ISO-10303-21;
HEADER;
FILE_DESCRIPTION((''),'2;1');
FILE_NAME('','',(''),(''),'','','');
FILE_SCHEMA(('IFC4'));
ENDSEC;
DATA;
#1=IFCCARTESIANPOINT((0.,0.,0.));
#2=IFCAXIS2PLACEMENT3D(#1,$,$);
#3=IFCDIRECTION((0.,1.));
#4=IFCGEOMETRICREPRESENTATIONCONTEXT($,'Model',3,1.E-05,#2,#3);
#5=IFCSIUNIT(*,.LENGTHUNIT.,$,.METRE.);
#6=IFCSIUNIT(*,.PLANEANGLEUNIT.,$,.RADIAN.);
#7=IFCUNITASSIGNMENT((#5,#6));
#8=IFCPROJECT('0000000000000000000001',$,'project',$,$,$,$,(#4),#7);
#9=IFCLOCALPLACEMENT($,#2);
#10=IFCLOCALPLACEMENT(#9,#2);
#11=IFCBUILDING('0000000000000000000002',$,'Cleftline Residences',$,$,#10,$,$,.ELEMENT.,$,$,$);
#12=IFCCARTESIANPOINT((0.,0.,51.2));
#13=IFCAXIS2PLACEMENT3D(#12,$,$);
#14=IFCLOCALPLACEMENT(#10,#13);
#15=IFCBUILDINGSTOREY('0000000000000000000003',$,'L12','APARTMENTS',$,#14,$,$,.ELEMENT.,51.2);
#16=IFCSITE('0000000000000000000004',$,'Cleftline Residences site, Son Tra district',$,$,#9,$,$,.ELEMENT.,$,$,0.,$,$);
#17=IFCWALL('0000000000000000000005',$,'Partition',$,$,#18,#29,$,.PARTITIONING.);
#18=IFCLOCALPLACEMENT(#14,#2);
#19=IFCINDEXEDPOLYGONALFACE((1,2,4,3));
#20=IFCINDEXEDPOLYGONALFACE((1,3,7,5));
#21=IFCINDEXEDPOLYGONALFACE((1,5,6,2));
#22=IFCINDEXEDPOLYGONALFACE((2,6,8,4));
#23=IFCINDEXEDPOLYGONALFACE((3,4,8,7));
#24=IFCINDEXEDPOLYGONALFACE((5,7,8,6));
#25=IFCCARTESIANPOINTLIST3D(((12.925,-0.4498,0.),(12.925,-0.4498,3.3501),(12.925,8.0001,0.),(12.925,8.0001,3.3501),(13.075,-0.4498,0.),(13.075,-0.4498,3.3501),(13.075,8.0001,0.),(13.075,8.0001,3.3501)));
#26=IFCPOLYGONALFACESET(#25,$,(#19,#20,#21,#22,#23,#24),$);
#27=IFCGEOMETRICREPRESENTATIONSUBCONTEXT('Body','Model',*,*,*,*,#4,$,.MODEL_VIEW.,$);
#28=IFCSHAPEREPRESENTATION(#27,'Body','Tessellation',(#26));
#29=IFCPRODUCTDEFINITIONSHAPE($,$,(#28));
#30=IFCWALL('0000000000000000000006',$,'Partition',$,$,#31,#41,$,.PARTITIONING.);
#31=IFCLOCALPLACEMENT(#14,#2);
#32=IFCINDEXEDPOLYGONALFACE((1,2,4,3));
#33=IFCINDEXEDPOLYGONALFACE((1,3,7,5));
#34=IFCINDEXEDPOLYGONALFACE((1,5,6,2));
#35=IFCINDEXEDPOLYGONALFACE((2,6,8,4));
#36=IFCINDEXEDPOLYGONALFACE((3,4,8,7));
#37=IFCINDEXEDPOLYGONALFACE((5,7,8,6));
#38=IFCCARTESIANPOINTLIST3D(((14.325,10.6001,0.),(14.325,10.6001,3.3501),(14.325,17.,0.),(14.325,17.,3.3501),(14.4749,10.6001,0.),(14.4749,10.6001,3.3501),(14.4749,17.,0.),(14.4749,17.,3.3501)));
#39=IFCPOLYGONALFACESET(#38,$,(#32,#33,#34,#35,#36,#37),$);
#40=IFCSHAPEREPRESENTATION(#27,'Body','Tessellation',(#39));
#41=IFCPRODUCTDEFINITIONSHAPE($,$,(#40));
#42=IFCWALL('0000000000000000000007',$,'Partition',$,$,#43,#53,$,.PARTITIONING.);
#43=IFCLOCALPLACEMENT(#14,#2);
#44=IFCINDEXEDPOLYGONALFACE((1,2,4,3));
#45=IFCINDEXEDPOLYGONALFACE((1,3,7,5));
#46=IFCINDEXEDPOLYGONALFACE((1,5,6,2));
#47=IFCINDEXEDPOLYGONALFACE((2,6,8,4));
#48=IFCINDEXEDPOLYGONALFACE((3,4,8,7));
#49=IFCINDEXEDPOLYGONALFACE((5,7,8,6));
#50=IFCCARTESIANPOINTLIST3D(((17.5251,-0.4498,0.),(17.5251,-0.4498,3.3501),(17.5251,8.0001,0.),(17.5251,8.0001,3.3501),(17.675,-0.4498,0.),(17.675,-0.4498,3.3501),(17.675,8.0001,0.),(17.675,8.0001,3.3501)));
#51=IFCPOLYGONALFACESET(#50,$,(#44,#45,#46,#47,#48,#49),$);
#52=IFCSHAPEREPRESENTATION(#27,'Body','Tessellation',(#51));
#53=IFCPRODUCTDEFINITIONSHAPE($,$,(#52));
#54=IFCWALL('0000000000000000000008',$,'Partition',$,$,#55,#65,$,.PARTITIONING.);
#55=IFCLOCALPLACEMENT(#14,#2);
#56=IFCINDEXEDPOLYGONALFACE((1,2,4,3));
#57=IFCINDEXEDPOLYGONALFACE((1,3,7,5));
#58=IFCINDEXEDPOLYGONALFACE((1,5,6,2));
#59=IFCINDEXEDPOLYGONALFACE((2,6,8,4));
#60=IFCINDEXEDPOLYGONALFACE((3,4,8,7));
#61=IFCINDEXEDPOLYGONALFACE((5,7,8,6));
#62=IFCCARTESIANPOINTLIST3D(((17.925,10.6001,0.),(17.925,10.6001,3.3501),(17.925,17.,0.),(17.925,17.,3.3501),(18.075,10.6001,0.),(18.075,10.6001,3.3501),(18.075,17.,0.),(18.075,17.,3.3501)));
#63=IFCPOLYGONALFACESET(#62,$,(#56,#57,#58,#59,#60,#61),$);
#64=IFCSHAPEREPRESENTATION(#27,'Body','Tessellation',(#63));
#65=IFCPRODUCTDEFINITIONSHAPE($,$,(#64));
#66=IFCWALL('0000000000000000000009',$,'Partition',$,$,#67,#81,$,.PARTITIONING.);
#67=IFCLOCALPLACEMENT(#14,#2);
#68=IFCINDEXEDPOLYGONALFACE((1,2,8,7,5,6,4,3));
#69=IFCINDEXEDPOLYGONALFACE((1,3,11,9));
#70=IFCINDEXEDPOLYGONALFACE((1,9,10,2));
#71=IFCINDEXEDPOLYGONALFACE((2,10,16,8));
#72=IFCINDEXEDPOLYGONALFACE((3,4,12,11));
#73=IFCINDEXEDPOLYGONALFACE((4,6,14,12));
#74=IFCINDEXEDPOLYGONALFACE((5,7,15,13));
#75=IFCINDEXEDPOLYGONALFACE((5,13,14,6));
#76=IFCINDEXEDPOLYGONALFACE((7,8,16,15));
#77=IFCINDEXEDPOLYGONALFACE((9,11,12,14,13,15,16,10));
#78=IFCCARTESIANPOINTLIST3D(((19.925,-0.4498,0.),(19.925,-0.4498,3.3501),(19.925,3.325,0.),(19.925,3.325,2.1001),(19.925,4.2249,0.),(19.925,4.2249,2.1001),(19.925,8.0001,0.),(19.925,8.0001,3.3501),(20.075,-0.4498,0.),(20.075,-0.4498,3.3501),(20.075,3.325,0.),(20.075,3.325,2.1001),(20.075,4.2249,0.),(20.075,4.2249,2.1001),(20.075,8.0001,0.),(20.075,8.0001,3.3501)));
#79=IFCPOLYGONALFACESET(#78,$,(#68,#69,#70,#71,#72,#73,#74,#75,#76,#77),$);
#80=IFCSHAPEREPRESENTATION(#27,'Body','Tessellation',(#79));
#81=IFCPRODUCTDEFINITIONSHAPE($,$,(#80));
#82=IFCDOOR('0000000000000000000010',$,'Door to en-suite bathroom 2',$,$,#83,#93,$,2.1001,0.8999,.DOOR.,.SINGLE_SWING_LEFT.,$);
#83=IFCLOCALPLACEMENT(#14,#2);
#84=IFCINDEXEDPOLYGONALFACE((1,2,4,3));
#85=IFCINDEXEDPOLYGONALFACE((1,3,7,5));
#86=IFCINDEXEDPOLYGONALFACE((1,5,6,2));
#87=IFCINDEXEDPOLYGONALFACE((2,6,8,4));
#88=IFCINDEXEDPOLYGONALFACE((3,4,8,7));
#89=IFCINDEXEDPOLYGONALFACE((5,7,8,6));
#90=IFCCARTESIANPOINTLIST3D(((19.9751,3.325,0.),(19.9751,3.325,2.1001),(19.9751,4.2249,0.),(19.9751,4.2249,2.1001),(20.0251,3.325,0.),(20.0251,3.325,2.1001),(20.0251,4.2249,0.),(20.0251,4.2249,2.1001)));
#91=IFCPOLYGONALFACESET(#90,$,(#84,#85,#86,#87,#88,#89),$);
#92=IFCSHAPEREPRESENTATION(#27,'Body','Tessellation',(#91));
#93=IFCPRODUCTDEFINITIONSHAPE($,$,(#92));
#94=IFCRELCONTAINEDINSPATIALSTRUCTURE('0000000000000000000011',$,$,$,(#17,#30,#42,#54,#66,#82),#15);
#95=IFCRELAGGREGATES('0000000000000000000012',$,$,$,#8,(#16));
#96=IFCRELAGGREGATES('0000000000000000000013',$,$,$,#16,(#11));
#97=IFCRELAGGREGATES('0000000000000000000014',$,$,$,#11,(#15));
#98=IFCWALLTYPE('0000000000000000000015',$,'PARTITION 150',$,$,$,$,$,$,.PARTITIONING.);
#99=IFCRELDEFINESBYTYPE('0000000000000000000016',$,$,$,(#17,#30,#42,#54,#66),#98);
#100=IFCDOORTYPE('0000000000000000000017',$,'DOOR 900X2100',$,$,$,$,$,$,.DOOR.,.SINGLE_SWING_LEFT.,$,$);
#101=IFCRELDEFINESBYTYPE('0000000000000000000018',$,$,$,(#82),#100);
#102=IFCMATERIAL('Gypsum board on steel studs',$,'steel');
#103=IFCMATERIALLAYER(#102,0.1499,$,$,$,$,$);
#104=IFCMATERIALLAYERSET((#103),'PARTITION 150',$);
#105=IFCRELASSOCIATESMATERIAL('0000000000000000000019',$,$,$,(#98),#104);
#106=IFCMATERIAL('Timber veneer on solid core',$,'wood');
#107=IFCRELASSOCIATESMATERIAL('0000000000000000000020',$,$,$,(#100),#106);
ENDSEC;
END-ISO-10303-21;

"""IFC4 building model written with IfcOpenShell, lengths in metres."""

from ifc_helpers import new_model, si_unit, direction, frame, frame_2d, origin, place, context, subcontext, project, spatial, rectangle, extrude, material, layer, layer_set, type_object, element, fill, save


model = new_model("IFC4")

# Units and contexts
model_context = context("Model", 3, precision=1e-05, world=origin(), true_north=direction((0.0, 1.0)))
body_context = subcontext(model_context, "Body", "Model", "MODEL_VIEW")
ifc_project = project(units=[si_unit("LENGTHUNIT", "METRE"), si_unit("PLANEANGLEUNIT", "RADIAN")], contexts=[model_context])

# Site, building, storey
site_placement = place(None, origin())
site = spatial("IfcSite", under=ifc_project, at=site_placement, Name="Cleftline Residences site, Son Tra district", CompositionType="ELEMENT", RefElevation=0.0)
building_placement = place(site_placement, origin())
building = spatial("IfcBuilding", under=site, at=building_placement, Name="Cleftline Residences", CompositionType="ELEMENT")
storey_placement = place(building_placement, frame((0.0, 0.0, 51.2)))
storey = spatial("IfcBuildingStorey", under=building, at=storey_placement, Name="L12", Description="APARTMENTS", CompositionType="ELEMENT", Elevation=51.2)

# Shared definitions
ifc_material_1 = material(Name="Gypsum board on steel studs", Category="steel")
ifc_layer_1 = layer(ifc_material_1, 0.1499)
ifc_layer_set_1 = layer_set([ifc_layer_1], Name="PARTITION 150")
wall_type = type_object("IfcWallType", Name="PARTITION 150", PredefinedType="PARTITIONING", material=ifc_layer_set_1)

# Walls
wall_1_placement = place(storey_placement, frame((13.0, -0.45, 0.0), z_axis=(0.0, 0.0, 1.0), x_axis=(0.0, 1.0, 0.0)))
element("IfcWall", 1, at=wall_1_placement, inside=storey, type_object=wall_type, Name="Partition", PredefinedType="PARTITIONING", context=body_context, shape_type="SweptSolid", body=[
    extrude(rectangle(XDim=8.45, YDim=0.1499, at=frame_2d((4.2251, 0.0))), origin(), (0.0, 0.0, 1.0), 3.3501),
])
wall_2_placement = place(storey_placement, frame((14.3999, 10.6001, 0.0), z_axis=(0.0, 0.0, 1.0), x_axis=(0.0, 1.0, 0.0)))
element("IfcWall", 2, at=wall_2_placement, inside=storey, type_object=wall_type, Name="Partition", PredefinedType="PARTITIONING", context=body_context, shape_type="SweptSolid", body=[
    extrude(rectangle(XDim=6.3999, YDim=0.1499, at=frame_2d((3.2, 0.0))), origin(), (0.0, 0.0, 1.0), 3.3501),
])
wall_3_placement = place(storey_placement, frame((17.6001, -0.45, 0.0), z_axis=(0.0, 0.0, 1.0), x_axis=(0.0, 1.0, 0.0)))
element("IfcWall", 3, at=wall_3_placement, inside=storey, type_object=wall_type, Name="Partition", PredefinedType="PARTITIONING", context=body_context, shape_type="SweptSolid", body=[
    extrude(rectangle(XDim=8.45, YDim=0.1499, at=frame_2d((4.2251, 0.0))), origin(), (0.0, 0.0, 1.0), 3.3501),
])
wall_4_placement = place(storey_placement, frame((18.0, 10.6001, 0.0), z_axis=(0.0, 0.0, 1.0), x_axis=(0.0, 1.0, 0.0)))
element("IfcWall", 4, at=wall_4_placement, inside=storey, type_object=wall_type, Name="Partition", PredefinedType="PARTITIONING", context=body_context, shape_type="SweptSolid", body=[
    extrude(rectangle(XDim=6.3999, YDim=0.1499, at=frame_2d((3.2, 0.0))), origin(), (0.0, 0.0, 1.0), 3.3501),
])

# Wall, opening, door
wall_5_placement = place(storey_placement, frame((20.0, -0.45, 0.0), z_axis=(0.0, 0.0, 1.0), x_axis=(0.0, 1.0, 0.0)))
wall_5 = element("IfcWall", 5, at=wall_5_placement, inside=storey, type_object=wall_type, Name="Partition", PredefinedType="PARTITIONING", context=body_context, shape_type="SweptSolid", body=[
    extrude(rectangle(XDim=8.45, YDim=0.1499, at=frame_2d((4.2251, 0.0))), origin(), (0.0, 0.0, 1.0), 3.3501),
])
opening_1_placement = place(wall_5_placement, frame((3.7749, 0.0, 0.0)))
opening_1 = element("IfcOpeningElement", 6, at=opening_1_placement, cuts=wall_5, PredefinedType="OPENING", context=body_context, shape_type="SweptSolid", body=[
    extrude(rectangle(XDim=0.8999, YDim=2.1001, at=frame_2d((0.45, 1.05))), frame((0.0, 0.085, 0.0), z_axis=(0.0, -1.0, 0.0), x_axis=(1.0, 0.0, 0.0)), (0.0, 0.0, 1.0), 0.1699),
])
ifc_material_2 = material(Name="Timber veneer on solid core", Category="wood")
door_type_1 = type_object("IfcDoorType", Name="DOOR 900X2100", OperationType="SINGLE_SWING_LEFT", PredefinedType="DOOR", material=ifc_material_2)
door_1_placement = place(opening_1_placement, origin())
door_1 = element("IfcDoor", 7, at=door_1_placement, inside=storey, type_object=door_type_1, Name="Door to en-suite bathroom 2", OperationType="SINGLE_SWING_LEFT", OverallHeight=2.1001, OverallWidth=0.8999, PredefinedType="DOOR", context=body_context, shape_type="SweptSolid", body=[
    extrude(rectangle(XDim=0.8999, YDim=2.1001, at=frame_2d((0.45, 1.05))), frame((0.0, 0.0249, 0.0), z_axis=(0.0, -1.0, 0.0), x_axis=(1.0, 0.0, 0.0)), (0.0, 0.0, 1.0), 0.05),
])
fill(opening_1, door_1)

save(model, "model.ifc")
